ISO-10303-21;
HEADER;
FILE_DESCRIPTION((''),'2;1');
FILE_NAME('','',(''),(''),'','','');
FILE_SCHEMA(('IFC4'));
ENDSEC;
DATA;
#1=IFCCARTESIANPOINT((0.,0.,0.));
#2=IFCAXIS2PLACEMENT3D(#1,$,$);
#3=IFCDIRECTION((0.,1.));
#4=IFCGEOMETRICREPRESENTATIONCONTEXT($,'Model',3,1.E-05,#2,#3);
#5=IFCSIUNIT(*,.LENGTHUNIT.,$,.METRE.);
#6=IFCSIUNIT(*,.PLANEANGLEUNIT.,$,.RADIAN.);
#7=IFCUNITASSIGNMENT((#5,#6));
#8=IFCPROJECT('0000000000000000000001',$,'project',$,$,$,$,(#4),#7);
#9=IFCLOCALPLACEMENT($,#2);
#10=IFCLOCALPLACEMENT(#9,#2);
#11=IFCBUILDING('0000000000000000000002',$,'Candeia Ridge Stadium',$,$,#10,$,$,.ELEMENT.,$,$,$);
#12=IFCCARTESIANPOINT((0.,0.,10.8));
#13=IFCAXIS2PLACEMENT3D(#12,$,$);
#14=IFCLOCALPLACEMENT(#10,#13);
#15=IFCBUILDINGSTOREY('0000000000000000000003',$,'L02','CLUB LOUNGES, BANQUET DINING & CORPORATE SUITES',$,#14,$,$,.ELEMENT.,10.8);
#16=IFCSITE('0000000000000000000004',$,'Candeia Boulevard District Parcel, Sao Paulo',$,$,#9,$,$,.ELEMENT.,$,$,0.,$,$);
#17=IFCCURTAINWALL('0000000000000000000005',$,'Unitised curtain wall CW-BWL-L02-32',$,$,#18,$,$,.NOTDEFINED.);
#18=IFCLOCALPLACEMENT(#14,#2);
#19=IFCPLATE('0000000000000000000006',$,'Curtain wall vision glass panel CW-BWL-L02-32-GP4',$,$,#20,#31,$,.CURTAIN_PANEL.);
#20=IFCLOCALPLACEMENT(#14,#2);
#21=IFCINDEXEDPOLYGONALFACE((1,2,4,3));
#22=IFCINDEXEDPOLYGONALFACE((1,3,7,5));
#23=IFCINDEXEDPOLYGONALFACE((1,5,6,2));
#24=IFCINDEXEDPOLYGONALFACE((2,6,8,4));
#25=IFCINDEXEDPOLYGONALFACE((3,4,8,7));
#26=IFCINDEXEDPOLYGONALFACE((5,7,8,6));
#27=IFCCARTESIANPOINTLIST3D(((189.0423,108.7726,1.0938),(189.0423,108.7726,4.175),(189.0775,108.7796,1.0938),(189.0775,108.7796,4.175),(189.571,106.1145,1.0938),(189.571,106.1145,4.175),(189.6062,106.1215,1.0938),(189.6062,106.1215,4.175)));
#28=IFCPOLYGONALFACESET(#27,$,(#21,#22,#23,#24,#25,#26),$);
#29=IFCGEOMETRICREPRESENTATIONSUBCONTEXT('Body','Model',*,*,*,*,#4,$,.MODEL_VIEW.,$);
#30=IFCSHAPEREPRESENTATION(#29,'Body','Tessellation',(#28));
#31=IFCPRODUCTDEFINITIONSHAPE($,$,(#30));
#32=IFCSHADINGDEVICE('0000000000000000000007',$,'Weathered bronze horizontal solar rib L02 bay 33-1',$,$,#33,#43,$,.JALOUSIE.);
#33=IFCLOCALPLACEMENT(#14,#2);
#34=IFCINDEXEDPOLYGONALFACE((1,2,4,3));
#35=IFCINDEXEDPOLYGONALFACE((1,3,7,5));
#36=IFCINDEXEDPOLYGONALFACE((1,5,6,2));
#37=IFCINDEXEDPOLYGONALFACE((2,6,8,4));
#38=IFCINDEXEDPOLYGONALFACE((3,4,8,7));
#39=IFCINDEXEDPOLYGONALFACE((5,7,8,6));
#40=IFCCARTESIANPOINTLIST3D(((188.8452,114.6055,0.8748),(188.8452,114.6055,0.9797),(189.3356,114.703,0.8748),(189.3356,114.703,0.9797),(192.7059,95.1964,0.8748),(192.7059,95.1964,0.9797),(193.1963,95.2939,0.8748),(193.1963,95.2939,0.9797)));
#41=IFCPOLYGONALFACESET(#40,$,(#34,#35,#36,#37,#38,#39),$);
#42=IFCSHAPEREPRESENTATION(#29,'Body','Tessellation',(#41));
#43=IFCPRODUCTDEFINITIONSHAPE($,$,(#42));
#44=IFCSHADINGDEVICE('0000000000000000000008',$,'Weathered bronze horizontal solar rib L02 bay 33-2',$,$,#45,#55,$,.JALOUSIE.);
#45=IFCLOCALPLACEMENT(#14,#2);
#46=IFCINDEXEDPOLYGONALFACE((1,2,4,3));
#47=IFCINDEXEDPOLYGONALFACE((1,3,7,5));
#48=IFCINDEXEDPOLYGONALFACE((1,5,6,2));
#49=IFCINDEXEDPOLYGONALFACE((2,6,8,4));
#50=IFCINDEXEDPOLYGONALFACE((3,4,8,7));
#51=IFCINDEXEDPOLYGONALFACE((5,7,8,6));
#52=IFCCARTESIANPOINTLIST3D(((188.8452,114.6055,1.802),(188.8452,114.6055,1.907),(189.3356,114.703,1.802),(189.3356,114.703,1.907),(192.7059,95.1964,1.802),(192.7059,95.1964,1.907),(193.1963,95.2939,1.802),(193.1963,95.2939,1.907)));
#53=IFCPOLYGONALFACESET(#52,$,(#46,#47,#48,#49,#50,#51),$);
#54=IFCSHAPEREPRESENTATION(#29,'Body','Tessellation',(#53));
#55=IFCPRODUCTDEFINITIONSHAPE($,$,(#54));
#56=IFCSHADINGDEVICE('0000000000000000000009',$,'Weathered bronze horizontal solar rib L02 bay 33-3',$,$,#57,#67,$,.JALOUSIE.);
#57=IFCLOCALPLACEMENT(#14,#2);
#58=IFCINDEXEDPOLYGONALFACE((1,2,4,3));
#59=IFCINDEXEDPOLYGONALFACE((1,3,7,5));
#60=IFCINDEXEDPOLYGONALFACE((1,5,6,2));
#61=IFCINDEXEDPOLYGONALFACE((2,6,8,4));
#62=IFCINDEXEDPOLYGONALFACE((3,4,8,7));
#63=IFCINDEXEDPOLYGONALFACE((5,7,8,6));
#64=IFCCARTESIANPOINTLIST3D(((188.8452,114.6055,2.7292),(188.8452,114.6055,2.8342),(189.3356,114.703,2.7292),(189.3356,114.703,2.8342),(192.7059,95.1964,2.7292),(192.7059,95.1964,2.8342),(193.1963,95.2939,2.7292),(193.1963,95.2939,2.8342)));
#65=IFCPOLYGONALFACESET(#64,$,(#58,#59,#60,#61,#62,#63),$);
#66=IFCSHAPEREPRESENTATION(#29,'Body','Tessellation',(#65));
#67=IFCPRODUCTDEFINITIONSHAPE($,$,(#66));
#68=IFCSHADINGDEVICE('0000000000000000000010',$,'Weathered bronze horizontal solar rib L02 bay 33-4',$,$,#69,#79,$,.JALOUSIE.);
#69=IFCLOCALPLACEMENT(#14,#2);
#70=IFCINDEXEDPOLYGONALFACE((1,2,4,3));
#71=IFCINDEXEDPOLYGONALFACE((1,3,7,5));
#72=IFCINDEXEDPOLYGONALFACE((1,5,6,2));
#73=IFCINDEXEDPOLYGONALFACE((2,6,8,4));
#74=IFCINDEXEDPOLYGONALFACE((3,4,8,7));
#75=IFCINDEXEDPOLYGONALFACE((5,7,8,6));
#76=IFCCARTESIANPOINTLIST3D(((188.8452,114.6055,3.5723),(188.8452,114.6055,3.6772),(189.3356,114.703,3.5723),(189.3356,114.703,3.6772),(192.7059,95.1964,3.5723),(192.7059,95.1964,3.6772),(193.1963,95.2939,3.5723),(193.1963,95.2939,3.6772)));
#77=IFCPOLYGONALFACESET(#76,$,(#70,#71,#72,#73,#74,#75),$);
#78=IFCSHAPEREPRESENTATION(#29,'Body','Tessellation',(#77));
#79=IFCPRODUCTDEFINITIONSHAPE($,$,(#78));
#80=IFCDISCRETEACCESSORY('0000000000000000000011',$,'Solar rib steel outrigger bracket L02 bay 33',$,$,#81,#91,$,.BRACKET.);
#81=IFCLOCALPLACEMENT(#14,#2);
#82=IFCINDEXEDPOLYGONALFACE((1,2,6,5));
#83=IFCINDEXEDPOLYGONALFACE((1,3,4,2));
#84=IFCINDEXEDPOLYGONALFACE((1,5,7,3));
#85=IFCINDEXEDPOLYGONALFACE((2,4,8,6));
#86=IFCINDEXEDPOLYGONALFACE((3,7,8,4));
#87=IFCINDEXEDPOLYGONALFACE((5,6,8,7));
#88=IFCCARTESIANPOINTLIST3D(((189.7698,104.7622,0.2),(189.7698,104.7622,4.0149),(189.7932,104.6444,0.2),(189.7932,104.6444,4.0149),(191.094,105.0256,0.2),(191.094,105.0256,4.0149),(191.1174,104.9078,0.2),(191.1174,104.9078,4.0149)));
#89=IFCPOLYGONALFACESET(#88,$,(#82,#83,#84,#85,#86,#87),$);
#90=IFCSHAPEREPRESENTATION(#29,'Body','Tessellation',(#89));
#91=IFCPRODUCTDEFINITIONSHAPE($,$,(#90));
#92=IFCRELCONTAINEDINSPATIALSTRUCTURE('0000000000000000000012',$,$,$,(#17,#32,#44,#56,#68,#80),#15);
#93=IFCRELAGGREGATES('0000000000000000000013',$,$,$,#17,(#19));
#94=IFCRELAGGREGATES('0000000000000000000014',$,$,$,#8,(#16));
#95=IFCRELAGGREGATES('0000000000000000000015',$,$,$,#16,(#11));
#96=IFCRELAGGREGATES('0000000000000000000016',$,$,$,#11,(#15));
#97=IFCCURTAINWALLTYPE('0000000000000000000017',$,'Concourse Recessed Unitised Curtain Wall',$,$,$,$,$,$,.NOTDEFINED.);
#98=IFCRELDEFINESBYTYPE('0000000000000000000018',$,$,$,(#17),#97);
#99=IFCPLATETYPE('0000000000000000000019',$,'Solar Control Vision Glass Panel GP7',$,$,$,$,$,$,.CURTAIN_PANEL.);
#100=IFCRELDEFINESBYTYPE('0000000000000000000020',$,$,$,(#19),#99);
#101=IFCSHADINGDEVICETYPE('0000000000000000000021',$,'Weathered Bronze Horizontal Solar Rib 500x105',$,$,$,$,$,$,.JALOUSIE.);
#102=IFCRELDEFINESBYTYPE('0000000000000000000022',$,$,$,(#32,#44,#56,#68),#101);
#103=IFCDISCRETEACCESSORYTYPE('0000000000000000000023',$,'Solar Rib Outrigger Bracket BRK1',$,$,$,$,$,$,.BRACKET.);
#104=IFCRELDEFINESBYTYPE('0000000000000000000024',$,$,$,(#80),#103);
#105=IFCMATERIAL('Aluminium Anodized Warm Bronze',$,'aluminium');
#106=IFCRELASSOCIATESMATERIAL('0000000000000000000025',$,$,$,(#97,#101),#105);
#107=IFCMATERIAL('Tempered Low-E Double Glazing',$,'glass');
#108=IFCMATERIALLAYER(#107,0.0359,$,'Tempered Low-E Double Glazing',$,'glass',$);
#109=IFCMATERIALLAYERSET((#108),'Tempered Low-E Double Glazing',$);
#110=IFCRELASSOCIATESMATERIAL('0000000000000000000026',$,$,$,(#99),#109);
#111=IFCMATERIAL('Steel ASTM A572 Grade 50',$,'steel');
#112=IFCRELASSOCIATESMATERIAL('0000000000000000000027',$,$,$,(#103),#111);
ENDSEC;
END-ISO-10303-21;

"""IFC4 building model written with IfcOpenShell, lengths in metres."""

from ifc_helpers import new_model, si_unit, direction, frame, origin, origin_2d, place, context, subcontext, project, spatial, rectangle, extrude, material, layer, layer_set, type_object, element, aggregate, save


model = new_model("IFC4")

# Units and contexts
model_context = context("Model", 3, precision=1e-05, world=origin(), true_north=direction((0.0, 1.0)))
body_context = subcontext(model_context, "Body", "Model", "MODEL_VIEW")
ifc_project = project(units=[si_unit("LENGTHUNIT", "METRE"), si_unit("PLANEANGLEUNIT", "RADIAN")], contexts=[model_context])

# Site, building, storey
site_placement = place(None, origin())
site = spatial("IfcSite", under=ifc_project, at=site_placement, Name="Candeia Boulevard District Parcel, Sao Paulo", CompositionType="ELEMENT", RefElevation=0.0)
building_placement = place(site_placement, origin())
building = spatial("IfcBuilding", under=site, at=building_placement, Name="Candeia Ridge Stadium", CompositionType="ELEMENT")
storey_placement = place(building_placement, frame((0.0, 0.0, 10.8)))
storey = spatial("IfcBuildingStorey", under=building, at=storey_placement, Name="L02", Description="CLUB LOUNGES, BANQUET DINING & CORPORATE SUITES", CompositionType="ELEMENT", Elevation=10.8)

# Curtain wall
ifc_material_1 = material(Name="Aluminium Anodized Warm Bronze", Category="aluminium")
curtain_wall_type = type_object("IfcCurtainWallType", Name="Concourse Recessed Unitised Curtain Wall", PredefinedType="NOTDEFINED", material=ifc_material_1)
curtain_wall_placement = place(storey_placement, origin())
curtain_wall = element("IfcCurtainWall", 1, at=curtain_wall_placement, inside=storey, type_object=curtain_wall_type, Name="Unitised curtain wall CW-BWL-L02-32", PredefinedType="NOTDEFINED")

# Plate
ifc_material_2 = material(Name="Tempered Low-E Double Glazing", Category="glass")
ifc_layer_1 = layer(ifc_material_2, 0.0359, Name="Tempered Low-E Double Glazing", Category="glass")
ifc_layer_set_1 = layer_set([ifc_layer_1], Name="Tempered Low-E Double Glazing")
plate_type_1 = type_object("IfcPlateType", Name="Solar Control Vision Glass Panel GP7", PredefinedType="CURTAIN_PANEL", material=ifc_layer_set_1)
plate_1_placement = place(storey_placement, frame((189.3242, 107.447, 1.0938), z_axis=(0.0, 0.0, 1.0), x_axis=(-0.19509, 0.980785, 0.0)))
plate_1 = element("IfcPlate", 2, at=plate_1_placement, type_object=plate_type_1, Name="Curtain wall vision glass panel CW-BWL-L02-32-GP4", PredefinedType="CURTAIN_PANEL", context=body_context, shape_type="SweptSolid", body=[
    extrude(rectangle(XDim=2.7102, YDim=0.0359, at=origin_2d()), origin(), (0.0, 0.0, 1.0), 3.0813),
])
aggregate(curtain_wall, [plate_1])

# Shading devices
shading_device_type = type_object("IfcShadingDeviceType", Name="Weathered Bronze Horizontal Solar Rib 500x105", PredefinedType="JALOUSIE", material=ifc_material_1)
for number, where, z_axis, x_axis, name in (
    (3, (191.0208, 104.9497, 0.8748), (0.0, 0.0, 1.0), (-0.19509, 0.980785, 0.0), "Weathered bronze horizontal solar rib L02 bay 33-1"),
    (4, (191.0208, 104.9497, 1.802), (0.0, 0.0, 1.0), (-0.19509, 0.980785, 0.0), "Weathered bronze horizontal solar rib L02 bay 33-2"),
    (5, (191.0208, 104.9497, 2.7292), (0.0, 0.0, 1.0), (-0.19509, 0.980785, 0.0), "Weathered bronze horizontal solar rib L02 bay 33-3"),
    (6, (191.0208, 104.9497, 3.5723), (0.0, 0.0, 1.0), (-0.19509, 0.980785, 0.0), "Weathered bronze horizontal solar rib L02 bay 33-4"),
):
    element("IfcShadingDevice", number, at=place(storey_placement, frame(where, z_axis=z_axis, x_axis=x_axis)), inside=storey, type_object=shading_device_type, Name=name, PredefinedType="JALOUSIE", context=body_context, shape_type="SweptSolid", body=[
        extrude(rectangle(XDim=19.7893, YDim=0.5, at=origin_2d()), origin(), (0.0, 0.0, 1.0), 0.105),
    ])

# Discrete accessory
ifc_material_3 = material(Name="Steel ASTM A572 Grade 50", Category="steel")
discrete_accessory_type = type_object("IfcDiscreteAccessoryType", Name="Solar Rib Outrigger Bracket BRK1", PredefinedType="BRACKET", material=ifc_material_3)
discrete_accessory_placement = place(storey_placement, frame((190.4436, 104.835, 0.2), z_axis=(0.0, 0.0, 1.0), x_axis=(0.980785, 0.19509, 0.0)))
element("IfcDiscreteAccessory", 7, at=discrete_accessory_placement, inside=storey, type_object=discrete_accessory_type, Name="Solar rib steel outrigger bracket L02 bay 33", PredefinedType="BRACKET", context=body_context, shape_type="SweptSolid", body=[
    extrude(rectangle(XDim=1.3501, YDim=0.1201, at=origin_2d()), origin(), (0.0, 0.0, 1.0), 3.8149),
])

save(model, "model.ifc")
